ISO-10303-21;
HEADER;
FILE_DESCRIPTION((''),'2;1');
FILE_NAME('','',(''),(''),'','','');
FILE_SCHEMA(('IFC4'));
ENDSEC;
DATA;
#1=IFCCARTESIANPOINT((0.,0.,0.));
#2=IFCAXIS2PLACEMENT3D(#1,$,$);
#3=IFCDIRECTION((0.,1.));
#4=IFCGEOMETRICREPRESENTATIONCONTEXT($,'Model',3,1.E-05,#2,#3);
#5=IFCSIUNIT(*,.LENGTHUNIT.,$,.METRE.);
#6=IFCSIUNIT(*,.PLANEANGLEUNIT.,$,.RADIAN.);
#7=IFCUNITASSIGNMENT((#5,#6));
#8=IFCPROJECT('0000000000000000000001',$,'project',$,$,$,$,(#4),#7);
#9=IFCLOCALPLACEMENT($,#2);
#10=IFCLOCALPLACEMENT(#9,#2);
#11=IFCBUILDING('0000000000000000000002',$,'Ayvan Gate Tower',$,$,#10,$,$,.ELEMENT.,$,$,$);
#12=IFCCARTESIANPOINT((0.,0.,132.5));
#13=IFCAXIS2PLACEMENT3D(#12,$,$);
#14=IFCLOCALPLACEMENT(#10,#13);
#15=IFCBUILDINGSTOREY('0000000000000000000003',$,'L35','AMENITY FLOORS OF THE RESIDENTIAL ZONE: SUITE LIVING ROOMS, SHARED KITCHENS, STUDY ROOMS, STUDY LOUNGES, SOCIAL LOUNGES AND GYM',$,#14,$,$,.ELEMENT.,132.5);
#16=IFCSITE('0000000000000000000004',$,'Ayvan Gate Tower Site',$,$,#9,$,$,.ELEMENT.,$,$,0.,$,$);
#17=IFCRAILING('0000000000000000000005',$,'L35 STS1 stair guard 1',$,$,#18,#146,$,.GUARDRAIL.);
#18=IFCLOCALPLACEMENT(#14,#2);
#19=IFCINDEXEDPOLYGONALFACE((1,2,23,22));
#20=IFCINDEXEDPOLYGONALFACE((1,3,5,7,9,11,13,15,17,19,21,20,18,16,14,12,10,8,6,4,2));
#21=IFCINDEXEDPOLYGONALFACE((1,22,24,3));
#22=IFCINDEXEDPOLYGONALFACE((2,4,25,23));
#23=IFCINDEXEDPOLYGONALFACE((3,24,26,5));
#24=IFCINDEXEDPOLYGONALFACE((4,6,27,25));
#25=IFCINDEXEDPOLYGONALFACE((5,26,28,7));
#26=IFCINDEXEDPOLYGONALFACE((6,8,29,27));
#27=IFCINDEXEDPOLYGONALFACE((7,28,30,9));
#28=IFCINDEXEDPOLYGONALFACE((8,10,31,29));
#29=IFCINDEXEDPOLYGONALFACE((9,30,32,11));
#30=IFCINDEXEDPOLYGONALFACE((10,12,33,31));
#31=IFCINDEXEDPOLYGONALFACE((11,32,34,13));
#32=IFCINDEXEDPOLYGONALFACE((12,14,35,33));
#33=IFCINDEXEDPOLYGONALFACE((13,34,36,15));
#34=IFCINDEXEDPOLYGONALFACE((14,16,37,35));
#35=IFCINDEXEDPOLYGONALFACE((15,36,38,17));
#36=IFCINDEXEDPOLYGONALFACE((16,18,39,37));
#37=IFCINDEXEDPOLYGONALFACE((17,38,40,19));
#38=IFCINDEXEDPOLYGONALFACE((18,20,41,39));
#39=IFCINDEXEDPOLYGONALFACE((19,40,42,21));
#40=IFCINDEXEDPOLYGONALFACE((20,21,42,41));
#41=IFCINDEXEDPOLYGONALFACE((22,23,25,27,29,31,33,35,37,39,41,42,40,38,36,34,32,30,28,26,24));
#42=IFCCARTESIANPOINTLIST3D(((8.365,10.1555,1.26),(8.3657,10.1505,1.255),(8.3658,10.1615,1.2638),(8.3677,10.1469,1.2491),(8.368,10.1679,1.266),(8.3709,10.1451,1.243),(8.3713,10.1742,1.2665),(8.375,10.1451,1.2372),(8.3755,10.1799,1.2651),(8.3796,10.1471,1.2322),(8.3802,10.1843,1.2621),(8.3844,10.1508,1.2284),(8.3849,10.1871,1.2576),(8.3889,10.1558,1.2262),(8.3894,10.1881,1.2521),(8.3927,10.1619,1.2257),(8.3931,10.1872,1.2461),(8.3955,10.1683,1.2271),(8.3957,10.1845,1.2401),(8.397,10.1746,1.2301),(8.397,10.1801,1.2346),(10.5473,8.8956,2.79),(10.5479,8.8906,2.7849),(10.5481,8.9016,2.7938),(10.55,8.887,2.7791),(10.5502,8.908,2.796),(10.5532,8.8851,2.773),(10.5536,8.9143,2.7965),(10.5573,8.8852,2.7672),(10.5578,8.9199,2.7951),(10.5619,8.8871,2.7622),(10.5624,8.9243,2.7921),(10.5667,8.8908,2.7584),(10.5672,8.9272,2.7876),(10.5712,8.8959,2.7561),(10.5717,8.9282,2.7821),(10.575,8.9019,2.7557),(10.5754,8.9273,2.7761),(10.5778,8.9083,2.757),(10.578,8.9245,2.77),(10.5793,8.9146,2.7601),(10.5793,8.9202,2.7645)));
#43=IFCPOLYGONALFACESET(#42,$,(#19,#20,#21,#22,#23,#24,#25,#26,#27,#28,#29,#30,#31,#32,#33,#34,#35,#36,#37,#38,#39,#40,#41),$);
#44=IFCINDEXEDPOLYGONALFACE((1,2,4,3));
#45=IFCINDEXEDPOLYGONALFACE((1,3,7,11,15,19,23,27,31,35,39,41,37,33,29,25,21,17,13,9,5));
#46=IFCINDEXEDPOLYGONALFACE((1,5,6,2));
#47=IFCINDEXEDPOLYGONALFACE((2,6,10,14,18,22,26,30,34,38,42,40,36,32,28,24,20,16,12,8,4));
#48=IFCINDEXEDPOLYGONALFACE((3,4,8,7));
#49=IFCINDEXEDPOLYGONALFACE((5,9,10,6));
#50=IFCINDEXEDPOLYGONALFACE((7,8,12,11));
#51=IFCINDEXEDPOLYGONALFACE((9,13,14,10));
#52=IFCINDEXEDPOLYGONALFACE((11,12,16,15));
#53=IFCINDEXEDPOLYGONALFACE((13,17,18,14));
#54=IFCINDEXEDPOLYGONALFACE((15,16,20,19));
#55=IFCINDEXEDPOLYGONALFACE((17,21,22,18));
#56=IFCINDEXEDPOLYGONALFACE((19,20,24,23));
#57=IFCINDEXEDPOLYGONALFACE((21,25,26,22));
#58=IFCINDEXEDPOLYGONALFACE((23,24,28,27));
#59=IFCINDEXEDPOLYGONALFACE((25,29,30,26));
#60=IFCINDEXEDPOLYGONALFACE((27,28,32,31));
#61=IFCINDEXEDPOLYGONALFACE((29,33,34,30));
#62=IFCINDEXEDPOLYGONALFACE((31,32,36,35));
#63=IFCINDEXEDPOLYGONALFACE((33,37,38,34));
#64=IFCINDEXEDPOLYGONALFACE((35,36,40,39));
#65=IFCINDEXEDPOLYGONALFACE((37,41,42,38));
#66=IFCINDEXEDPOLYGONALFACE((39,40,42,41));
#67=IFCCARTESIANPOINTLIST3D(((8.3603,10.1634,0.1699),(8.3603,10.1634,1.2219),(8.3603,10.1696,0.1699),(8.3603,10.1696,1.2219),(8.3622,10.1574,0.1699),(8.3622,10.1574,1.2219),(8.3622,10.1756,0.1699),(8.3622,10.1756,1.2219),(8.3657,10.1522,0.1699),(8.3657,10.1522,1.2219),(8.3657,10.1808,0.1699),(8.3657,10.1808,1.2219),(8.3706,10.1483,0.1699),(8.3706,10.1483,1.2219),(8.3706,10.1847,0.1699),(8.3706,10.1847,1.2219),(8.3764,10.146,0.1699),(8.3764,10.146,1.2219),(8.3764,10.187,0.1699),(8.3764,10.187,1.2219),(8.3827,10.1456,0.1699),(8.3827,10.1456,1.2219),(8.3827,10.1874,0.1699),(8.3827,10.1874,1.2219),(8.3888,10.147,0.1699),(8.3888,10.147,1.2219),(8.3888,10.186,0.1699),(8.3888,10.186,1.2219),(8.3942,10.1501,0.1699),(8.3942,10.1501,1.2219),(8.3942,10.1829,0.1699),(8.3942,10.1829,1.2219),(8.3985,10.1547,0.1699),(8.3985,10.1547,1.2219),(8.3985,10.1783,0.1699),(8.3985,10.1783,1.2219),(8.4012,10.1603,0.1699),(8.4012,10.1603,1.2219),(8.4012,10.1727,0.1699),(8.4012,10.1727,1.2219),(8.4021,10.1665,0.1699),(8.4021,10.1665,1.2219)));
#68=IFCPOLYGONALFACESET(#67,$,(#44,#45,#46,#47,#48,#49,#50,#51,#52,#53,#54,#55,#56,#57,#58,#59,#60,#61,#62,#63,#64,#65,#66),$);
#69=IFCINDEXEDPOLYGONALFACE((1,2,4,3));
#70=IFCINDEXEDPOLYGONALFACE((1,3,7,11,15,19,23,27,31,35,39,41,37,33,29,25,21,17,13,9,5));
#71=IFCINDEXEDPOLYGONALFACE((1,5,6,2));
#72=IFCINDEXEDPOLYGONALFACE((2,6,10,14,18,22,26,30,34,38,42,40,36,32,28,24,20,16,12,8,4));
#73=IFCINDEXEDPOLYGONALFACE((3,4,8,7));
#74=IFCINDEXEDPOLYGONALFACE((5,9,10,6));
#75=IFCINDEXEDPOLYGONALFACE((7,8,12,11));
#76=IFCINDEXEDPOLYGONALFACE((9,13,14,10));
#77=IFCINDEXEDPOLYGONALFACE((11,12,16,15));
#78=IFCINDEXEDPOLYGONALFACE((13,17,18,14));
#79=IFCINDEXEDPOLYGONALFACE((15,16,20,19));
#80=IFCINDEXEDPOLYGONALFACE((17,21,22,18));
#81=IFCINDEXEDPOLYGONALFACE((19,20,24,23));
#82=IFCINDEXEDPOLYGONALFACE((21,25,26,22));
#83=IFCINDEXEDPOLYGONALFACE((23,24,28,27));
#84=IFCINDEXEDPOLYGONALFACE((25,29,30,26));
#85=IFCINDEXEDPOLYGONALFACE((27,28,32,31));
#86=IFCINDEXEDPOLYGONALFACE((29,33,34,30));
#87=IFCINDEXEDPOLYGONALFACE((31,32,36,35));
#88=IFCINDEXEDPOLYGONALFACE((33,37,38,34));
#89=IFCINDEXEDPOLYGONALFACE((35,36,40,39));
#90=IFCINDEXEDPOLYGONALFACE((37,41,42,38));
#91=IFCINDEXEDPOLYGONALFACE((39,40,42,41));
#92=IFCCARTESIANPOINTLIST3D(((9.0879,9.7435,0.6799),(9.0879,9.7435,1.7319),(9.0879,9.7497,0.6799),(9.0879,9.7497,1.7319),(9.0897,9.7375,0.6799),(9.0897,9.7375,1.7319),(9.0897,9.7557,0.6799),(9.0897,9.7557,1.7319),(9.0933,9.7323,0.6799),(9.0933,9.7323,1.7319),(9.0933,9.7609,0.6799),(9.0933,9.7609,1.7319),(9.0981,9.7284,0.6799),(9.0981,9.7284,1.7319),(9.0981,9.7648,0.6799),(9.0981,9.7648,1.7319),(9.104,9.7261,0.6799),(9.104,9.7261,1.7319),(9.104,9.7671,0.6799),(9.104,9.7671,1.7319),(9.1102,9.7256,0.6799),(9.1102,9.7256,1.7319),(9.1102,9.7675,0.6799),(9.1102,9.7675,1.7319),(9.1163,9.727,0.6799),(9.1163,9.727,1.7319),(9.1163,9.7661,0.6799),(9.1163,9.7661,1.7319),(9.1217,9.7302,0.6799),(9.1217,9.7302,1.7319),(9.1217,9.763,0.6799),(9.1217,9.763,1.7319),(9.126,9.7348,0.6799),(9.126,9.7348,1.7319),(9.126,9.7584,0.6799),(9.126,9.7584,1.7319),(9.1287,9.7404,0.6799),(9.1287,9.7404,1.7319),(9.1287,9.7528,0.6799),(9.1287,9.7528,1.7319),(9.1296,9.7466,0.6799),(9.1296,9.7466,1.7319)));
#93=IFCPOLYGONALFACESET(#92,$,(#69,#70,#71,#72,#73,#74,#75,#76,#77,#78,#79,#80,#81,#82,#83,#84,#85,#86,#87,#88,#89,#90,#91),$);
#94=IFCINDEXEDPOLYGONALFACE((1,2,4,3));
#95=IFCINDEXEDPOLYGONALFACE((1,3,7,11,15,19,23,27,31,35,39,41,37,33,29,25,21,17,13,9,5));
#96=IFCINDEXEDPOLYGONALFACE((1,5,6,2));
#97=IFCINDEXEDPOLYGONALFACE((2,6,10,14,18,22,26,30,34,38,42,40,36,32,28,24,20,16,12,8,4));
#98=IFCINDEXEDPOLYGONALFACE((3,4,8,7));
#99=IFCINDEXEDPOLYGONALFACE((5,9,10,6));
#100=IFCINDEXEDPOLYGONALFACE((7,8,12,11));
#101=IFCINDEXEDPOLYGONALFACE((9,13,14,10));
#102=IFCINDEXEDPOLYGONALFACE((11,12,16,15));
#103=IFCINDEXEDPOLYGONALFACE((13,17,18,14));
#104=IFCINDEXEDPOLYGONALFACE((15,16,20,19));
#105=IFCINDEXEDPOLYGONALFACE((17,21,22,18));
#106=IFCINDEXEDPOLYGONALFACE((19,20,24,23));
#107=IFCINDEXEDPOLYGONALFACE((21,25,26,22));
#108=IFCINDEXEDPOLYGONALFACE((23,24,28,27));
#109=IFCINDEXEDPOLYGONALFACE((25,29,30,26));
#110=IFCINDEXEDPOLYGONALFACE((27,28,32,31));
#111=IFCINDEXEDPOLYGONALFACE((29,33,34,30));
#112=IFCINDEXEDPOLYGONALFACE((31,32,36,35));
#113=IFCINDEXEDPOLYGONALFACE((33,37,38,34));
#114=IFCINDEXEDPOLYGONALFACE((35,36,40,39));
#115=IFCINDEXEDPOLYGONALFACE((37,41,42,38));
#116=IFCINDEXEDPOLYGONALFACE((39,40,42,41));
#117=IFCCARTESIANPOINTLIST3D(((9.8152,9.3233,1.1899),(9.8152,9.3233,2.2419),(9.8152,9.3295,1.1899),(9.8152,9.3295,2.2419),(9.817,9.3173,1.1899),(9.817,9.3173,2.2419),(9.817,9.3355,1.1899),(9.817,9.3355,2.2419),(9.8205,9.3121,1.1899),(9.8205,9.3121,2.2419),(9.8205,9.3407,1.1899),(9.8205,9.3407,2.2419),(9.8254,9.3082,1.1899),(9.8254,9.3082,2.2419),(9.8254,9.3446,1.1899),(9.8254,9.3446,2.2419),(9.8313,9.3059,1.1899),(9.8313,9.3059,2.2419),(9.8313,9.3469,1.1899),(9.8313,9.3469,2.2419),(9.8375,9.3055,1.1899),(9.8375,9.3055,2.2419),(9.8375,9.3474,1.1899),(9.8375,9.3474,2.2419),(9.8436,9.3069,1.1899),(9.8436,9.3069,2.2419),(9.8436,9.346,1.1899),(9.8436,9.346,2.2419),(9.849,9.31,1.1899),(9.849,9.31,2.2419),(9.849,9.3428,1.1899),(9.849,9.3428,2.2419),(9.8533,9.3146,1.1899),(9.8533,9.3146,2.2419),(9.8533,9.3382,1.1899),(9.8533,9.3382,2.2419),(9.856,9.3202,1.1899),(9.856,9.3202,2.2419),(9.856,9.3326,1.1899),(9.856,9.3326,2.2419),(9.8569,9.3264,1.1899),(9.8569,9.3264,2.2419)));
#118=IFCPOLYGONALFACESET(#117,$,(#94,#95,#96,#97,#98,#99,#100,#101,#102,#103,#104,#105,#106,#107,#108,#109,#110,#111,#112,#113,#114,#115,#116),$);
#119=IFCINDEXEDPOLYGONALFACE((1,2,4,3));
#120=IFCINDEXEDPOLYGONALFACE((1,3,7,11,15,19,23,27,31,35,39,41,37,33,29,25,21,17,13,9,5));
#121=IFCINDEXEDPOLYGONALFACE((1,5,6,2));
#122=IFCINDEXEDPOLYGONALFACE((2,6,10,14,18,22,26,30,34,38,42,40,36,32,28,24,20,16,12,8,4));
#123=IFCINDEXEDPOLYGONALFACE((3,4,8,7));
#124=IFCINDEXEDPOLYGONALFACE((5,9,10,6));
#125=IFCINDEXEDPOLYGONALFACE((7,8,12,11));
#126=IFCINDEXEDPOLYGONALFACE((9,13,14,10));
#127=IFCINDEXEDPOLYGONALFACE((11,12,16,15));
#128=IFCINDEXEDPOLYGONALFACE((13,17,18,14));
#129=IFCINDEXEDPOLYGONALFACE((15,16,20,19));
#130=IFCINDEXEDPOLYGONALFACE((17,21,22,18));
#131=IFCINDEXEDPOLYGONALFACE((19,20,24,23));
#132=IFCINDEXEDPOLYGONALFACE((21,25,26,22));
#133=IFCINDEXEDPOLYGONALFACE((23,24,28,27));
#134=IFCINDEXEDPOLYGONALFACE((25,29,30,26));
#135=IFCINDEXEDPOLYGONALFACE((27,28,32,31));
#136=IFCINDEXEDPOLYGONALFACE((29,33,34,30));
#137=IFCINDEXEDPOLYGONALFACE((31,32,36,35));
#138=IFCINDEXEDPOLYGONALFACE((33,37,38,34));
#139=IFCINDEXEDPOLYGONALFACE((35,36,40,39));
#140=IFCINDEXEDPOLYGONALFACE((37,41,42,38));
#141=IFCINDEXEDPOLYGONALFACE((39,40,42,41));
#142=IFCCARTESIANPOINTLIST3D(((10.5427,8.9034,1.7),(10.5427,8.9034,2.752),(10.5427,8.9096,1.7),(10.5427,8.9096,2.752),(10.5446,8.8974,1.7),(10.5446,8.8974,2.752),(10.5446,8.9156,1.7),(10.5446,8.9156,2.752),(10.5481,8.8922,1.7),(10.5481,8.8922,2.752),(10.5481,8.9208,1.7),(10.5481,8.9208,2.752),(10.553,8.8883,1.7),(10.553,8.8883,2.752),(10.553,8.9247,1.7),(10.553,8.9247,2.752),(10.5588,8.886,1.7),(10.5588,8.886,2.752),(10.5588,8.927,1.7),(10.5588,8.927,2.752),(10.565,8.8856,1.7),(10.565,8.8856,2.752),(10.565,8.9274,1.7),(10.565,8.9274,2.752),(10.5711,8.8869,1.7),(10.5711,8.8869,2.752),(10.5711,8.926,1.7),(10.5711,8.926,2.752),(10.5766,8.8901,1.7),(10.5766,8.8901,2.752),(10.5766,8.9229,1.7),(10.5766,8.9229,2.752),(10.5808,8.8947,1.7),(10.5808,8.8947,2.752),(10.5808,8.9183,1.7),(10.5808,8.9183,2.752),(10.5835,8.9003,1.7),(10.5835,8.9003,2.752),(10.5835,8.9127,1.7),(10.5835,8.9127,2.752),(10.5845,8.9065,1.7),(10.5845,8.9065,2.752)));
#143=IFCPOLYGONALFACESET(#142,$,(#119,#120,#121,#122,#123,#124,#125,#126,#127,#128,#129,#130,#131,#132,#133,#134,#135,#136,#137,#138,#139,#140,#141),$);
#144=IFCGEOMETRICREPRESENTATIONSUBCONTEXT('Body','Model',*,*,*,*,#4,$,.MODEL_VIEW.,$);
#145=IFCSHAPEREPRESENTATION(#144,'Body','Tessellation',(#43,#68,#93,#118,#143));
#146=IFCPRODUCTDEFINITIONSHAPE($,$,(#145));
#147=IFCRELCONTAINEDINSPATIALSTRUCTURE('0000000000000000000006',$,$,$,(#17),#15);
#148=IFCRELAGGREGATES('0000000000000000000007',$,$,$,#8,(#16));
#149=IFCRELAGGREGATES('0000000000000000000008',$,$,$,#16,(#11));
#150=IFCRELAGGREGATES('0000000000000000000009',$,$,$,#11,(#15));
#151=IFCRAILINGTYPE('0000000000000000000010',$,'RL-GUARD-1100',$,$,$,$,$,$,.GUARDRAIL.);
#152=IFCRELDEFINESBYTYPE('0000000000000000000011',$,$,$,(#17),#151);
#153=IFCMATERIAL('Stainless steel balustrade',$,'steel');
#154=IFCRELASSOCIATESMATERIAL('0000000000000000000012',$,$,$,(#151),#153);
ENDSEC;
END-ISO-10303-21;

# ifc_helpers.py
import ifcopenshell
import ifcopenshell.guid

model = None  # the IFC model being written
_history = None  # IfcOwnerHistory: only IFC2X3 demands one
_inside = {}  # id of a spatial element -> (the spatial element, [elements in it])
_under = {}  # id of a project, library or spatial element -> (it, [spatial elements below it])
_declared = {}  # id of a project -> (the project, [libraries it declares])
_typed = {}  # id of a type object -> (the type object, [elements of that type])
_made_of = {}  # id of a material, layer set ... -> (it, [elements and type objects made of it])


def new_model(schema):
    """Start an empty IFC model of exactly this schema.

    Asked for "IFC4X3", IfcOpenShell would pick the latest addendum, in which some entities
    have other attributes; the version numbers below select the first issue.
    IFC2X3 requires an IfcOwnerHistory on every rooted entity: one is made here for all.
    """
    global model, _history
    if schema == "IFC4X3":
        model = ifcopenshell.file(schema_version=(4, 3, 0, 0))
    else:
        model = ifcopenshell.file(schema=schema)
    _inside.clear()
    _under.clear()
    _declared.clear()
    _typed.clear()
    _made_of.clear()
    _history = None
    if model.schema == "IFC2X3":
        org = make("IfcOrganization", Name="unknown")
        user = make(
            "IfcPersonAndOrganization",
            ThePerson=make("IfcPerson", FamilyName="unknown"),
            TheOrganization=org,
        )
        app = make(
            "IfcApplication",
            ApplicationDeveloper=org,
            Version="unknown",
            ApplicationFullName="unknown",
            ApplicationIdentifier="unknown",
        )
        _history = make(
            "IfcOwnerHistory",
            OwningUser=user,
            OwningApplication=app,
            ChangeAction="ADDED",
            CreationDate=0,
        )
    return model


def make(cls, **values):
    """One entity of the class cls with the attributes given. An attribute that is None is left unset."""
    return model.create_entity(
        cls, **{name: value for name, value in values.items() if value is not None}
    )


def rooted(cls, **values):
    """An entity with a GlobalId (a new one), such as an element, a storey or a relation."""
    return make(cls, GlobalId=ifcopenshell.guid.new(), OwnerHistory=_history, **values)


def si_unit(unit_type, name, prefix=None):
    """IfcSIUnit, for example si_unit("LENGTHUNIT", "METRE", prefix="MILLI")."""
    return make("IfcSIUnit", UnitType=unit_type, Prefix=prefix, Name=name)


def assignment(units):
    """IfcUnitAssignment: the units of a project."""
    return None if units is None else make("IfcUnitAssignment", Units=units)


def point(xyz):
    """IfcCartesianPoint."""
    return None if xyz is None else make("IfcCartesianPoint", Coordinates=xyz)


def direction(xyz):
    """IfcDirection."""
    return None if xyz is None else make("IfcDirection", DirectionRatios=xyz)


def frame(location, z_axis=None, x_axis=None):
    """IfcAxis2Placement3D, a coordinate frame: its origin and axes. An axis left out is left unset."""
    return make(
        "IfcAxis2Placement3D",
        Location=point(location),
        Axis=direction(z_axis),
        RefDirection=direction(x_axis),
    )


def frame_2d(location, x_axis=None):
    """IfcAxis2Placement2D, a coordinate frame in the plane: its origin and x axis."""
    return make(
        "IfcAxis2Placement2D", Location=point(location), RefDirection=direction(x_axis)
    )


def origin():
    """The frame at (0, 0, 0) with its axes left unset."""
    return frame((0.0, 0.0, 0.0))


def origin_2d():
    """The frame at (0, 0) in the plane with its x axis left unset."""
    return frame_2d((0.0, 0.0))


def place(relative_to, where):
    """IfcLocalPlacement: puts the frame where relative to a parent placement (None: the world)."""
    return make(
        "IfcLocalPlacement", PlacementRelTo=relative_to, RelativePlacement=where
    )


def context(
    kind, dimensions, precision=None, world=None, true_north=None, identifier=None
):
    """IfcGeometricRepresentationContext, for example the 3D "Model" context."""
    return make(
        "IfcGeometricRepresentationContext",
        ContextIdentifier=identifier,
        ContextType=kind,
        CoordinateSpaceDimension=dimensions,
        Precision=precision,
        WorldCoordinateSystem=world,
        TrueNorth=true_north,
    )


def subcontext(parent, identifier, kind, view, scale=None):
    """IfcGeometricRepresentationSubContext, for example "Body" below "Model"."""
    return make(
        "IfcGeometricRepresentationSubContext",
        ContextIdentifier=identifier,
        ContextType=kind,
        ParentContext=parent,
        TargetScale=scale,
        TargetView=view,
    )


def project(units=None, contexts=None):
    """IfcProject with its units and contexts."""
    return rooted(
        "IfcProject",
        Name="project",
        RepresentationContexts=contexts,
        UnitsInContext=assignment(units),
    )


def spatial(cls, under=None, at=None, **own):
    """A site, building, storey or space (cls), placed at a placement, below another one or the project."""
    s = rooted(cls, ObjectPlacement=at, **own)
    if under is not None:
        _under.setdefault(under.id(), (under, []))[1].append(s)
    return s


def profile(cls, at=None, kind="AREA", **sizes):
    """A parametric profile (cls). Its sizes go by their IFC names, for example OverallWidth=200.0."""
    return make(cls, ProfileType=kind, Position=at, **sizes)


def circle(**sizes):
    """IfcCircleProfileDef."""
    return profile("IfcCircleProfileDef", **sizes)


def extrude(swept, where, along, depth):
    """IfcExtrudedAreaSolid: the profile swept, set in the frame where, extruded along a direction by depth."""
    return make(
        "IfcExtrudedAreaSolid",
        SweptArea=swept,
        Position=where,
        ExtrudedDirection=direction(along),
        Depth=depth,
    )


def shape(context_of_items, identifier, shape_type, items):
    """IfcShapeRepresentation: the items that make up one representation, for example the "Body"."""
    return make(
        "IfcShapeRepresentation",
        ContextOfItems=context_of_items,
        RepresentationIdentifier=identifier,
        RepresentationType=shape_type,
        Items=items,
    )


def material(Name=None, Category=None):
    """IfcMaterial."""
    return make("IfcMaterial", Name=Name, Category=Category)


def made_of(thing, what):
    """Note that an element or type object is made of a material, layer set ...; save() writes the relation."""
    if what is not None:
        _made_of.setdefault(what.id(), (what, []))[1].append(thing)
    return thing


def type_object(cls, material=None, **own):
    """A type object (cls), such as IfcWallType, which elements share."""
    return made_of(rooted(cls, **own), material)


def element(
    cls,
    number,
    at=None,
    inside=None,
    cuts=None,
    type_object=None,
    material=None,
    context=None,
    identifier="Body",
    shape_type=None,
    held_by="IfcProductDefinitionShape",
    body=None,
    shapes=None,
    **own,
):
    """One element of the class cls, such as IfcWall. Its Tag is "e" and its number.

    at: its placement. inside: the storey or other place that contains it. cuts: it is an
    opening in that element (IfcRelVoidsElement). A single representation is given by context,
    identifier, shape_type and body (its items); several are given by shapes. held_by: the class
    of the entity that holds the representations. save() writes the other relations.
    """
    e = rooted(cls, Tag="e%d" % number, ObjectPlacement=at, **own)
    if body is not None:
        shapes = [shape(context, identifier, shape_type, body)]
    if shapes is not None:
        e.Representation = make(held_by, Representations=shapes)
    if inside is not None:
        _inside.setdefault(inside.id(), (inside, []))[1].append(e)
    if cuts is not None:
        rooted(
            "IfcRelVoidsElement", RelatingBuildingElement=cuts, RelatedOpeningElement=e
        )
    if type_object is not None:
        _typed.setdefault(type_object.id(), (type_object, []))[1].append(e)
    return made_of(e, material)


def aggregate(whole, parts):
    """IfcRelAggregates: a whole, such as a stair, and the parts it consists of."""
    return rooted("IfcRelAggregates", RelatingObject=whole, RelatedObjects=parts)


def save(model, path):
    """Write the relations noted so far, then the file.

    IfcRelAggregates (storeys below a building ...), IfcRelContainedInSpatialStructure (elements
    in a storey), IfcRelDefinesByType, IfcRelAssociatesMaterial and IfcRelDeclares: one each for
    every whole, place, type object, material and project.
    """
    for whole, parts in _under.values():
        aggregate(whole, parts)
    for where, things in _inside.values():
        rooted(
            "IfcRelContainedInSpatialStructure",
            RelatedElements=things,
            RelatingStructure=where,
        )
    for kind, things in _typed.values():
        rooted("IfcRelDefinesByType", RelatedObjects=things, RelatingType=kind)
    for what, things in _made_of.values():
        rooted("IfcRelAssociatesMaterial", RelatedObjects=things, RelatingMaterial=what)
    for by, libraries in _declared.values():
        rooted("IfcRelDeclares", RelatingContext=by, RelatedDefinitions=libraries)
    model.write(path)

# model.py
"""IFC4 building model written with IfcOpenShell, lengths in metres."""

from ifc_helpers import new_model, si_unit, direction, frame, origin, origin_2d, place, context, subcontext, project, spatial, circle, extrude, material, type_object, element, save


model = new_model("IFC4")

# Units and contexts
model_context = context("Model", 3, precision=1e-05, world=origin(), true_north=direction((0.0, 1.0)))
body_context = subcontext(model_context, "Body", "Model", "MODEL_VIEW")
ifc_project = project(units=[si_unit("LENGTHUNIT", "METRE"), si_unit("PLANEANGLEUNIT", "RADIAN")], contexts=[model_context])

# Site, building, storey
site_placement = place(None, origin())
site = spatial("IfcSite", under=ifc_project, at=site_placement, Name="Ayvan Gate Tower Site", CompositionType="ELEMENT", RefElevation=0.0)
building_placement = place(site_placement, origin())
building = spatial("IfcBuilding", under=site, at=building_placement, Name="Ayvan Gate Tower", CompositionType="ELEMENT")
storey_placement = place(building_placement, frame((0.0, 0.0, 132.5)))
storey = spatial("IfcBuildingStorey", under=building, at=storey_placement, Name="L35", Description="AMENITY FLOORS OF THE RESIDENTIAL ZONE: SUITE LIVING ROOMS, SHARED KITCHENS, STUDY ROOMS, STUDY LOUNGES, SOCIAL LOUNGES AND GYM", CompositionType="ELEMENT", Elevation=132.5)

# Railing
ifc_material_1 = material(Name="Stainless steel balustrade", Category="steel")
railing_type_1 = type_object("IfcRailingType", Name="RL-GUARD-1100", PredefinedType="GUARDRAIL", material=ifc_material_1)
railing_1_placement = place(storey_placement, frame((8.3811, 10.1665, 0.1699)))
element("IfcRailing", 1, at=railing_1_placement, inside=storey, type_object=railing_type_1, Name="L35 STS1 stair guard 1", PredefinedType="GUARDRAIL", context=body_context, shape_type="SweptSolid", body=[
    extrude(circle(Radius=0.0239, at=origin_2d()), frame((0.0, 0.0, 1.0762), z_axis=(0.740261, -0.427395, 0.518986), x_axis=(0.500005, 0.866023, 0.0)), (0.0, 0.0, 1.0), 2.948),
    extrude(circle(Radius=0.021, at=origin_2d()), origin(), (0.0, 0.0, 1.0), 1.052),
    extrude(circle(Radius=0.021, at=origin_2d()), frame((0.7275, -0.4199, 0.51)), (0.0, 0.0, 1.0), 1.052),
    extrude(circle(Radius=0.021, at=origin_2d()), frame((1.4548, -0.8401, 1.02)), (0.0, 0.0, 1.0), 1.052),
    extrude(circle(Radius=0.021, at=origin_2d()), frame((2.1824, -1.26, 1.53)), (0.0, 0.0, 1.0), 1.052),
])

save(model, "model.ifc")
